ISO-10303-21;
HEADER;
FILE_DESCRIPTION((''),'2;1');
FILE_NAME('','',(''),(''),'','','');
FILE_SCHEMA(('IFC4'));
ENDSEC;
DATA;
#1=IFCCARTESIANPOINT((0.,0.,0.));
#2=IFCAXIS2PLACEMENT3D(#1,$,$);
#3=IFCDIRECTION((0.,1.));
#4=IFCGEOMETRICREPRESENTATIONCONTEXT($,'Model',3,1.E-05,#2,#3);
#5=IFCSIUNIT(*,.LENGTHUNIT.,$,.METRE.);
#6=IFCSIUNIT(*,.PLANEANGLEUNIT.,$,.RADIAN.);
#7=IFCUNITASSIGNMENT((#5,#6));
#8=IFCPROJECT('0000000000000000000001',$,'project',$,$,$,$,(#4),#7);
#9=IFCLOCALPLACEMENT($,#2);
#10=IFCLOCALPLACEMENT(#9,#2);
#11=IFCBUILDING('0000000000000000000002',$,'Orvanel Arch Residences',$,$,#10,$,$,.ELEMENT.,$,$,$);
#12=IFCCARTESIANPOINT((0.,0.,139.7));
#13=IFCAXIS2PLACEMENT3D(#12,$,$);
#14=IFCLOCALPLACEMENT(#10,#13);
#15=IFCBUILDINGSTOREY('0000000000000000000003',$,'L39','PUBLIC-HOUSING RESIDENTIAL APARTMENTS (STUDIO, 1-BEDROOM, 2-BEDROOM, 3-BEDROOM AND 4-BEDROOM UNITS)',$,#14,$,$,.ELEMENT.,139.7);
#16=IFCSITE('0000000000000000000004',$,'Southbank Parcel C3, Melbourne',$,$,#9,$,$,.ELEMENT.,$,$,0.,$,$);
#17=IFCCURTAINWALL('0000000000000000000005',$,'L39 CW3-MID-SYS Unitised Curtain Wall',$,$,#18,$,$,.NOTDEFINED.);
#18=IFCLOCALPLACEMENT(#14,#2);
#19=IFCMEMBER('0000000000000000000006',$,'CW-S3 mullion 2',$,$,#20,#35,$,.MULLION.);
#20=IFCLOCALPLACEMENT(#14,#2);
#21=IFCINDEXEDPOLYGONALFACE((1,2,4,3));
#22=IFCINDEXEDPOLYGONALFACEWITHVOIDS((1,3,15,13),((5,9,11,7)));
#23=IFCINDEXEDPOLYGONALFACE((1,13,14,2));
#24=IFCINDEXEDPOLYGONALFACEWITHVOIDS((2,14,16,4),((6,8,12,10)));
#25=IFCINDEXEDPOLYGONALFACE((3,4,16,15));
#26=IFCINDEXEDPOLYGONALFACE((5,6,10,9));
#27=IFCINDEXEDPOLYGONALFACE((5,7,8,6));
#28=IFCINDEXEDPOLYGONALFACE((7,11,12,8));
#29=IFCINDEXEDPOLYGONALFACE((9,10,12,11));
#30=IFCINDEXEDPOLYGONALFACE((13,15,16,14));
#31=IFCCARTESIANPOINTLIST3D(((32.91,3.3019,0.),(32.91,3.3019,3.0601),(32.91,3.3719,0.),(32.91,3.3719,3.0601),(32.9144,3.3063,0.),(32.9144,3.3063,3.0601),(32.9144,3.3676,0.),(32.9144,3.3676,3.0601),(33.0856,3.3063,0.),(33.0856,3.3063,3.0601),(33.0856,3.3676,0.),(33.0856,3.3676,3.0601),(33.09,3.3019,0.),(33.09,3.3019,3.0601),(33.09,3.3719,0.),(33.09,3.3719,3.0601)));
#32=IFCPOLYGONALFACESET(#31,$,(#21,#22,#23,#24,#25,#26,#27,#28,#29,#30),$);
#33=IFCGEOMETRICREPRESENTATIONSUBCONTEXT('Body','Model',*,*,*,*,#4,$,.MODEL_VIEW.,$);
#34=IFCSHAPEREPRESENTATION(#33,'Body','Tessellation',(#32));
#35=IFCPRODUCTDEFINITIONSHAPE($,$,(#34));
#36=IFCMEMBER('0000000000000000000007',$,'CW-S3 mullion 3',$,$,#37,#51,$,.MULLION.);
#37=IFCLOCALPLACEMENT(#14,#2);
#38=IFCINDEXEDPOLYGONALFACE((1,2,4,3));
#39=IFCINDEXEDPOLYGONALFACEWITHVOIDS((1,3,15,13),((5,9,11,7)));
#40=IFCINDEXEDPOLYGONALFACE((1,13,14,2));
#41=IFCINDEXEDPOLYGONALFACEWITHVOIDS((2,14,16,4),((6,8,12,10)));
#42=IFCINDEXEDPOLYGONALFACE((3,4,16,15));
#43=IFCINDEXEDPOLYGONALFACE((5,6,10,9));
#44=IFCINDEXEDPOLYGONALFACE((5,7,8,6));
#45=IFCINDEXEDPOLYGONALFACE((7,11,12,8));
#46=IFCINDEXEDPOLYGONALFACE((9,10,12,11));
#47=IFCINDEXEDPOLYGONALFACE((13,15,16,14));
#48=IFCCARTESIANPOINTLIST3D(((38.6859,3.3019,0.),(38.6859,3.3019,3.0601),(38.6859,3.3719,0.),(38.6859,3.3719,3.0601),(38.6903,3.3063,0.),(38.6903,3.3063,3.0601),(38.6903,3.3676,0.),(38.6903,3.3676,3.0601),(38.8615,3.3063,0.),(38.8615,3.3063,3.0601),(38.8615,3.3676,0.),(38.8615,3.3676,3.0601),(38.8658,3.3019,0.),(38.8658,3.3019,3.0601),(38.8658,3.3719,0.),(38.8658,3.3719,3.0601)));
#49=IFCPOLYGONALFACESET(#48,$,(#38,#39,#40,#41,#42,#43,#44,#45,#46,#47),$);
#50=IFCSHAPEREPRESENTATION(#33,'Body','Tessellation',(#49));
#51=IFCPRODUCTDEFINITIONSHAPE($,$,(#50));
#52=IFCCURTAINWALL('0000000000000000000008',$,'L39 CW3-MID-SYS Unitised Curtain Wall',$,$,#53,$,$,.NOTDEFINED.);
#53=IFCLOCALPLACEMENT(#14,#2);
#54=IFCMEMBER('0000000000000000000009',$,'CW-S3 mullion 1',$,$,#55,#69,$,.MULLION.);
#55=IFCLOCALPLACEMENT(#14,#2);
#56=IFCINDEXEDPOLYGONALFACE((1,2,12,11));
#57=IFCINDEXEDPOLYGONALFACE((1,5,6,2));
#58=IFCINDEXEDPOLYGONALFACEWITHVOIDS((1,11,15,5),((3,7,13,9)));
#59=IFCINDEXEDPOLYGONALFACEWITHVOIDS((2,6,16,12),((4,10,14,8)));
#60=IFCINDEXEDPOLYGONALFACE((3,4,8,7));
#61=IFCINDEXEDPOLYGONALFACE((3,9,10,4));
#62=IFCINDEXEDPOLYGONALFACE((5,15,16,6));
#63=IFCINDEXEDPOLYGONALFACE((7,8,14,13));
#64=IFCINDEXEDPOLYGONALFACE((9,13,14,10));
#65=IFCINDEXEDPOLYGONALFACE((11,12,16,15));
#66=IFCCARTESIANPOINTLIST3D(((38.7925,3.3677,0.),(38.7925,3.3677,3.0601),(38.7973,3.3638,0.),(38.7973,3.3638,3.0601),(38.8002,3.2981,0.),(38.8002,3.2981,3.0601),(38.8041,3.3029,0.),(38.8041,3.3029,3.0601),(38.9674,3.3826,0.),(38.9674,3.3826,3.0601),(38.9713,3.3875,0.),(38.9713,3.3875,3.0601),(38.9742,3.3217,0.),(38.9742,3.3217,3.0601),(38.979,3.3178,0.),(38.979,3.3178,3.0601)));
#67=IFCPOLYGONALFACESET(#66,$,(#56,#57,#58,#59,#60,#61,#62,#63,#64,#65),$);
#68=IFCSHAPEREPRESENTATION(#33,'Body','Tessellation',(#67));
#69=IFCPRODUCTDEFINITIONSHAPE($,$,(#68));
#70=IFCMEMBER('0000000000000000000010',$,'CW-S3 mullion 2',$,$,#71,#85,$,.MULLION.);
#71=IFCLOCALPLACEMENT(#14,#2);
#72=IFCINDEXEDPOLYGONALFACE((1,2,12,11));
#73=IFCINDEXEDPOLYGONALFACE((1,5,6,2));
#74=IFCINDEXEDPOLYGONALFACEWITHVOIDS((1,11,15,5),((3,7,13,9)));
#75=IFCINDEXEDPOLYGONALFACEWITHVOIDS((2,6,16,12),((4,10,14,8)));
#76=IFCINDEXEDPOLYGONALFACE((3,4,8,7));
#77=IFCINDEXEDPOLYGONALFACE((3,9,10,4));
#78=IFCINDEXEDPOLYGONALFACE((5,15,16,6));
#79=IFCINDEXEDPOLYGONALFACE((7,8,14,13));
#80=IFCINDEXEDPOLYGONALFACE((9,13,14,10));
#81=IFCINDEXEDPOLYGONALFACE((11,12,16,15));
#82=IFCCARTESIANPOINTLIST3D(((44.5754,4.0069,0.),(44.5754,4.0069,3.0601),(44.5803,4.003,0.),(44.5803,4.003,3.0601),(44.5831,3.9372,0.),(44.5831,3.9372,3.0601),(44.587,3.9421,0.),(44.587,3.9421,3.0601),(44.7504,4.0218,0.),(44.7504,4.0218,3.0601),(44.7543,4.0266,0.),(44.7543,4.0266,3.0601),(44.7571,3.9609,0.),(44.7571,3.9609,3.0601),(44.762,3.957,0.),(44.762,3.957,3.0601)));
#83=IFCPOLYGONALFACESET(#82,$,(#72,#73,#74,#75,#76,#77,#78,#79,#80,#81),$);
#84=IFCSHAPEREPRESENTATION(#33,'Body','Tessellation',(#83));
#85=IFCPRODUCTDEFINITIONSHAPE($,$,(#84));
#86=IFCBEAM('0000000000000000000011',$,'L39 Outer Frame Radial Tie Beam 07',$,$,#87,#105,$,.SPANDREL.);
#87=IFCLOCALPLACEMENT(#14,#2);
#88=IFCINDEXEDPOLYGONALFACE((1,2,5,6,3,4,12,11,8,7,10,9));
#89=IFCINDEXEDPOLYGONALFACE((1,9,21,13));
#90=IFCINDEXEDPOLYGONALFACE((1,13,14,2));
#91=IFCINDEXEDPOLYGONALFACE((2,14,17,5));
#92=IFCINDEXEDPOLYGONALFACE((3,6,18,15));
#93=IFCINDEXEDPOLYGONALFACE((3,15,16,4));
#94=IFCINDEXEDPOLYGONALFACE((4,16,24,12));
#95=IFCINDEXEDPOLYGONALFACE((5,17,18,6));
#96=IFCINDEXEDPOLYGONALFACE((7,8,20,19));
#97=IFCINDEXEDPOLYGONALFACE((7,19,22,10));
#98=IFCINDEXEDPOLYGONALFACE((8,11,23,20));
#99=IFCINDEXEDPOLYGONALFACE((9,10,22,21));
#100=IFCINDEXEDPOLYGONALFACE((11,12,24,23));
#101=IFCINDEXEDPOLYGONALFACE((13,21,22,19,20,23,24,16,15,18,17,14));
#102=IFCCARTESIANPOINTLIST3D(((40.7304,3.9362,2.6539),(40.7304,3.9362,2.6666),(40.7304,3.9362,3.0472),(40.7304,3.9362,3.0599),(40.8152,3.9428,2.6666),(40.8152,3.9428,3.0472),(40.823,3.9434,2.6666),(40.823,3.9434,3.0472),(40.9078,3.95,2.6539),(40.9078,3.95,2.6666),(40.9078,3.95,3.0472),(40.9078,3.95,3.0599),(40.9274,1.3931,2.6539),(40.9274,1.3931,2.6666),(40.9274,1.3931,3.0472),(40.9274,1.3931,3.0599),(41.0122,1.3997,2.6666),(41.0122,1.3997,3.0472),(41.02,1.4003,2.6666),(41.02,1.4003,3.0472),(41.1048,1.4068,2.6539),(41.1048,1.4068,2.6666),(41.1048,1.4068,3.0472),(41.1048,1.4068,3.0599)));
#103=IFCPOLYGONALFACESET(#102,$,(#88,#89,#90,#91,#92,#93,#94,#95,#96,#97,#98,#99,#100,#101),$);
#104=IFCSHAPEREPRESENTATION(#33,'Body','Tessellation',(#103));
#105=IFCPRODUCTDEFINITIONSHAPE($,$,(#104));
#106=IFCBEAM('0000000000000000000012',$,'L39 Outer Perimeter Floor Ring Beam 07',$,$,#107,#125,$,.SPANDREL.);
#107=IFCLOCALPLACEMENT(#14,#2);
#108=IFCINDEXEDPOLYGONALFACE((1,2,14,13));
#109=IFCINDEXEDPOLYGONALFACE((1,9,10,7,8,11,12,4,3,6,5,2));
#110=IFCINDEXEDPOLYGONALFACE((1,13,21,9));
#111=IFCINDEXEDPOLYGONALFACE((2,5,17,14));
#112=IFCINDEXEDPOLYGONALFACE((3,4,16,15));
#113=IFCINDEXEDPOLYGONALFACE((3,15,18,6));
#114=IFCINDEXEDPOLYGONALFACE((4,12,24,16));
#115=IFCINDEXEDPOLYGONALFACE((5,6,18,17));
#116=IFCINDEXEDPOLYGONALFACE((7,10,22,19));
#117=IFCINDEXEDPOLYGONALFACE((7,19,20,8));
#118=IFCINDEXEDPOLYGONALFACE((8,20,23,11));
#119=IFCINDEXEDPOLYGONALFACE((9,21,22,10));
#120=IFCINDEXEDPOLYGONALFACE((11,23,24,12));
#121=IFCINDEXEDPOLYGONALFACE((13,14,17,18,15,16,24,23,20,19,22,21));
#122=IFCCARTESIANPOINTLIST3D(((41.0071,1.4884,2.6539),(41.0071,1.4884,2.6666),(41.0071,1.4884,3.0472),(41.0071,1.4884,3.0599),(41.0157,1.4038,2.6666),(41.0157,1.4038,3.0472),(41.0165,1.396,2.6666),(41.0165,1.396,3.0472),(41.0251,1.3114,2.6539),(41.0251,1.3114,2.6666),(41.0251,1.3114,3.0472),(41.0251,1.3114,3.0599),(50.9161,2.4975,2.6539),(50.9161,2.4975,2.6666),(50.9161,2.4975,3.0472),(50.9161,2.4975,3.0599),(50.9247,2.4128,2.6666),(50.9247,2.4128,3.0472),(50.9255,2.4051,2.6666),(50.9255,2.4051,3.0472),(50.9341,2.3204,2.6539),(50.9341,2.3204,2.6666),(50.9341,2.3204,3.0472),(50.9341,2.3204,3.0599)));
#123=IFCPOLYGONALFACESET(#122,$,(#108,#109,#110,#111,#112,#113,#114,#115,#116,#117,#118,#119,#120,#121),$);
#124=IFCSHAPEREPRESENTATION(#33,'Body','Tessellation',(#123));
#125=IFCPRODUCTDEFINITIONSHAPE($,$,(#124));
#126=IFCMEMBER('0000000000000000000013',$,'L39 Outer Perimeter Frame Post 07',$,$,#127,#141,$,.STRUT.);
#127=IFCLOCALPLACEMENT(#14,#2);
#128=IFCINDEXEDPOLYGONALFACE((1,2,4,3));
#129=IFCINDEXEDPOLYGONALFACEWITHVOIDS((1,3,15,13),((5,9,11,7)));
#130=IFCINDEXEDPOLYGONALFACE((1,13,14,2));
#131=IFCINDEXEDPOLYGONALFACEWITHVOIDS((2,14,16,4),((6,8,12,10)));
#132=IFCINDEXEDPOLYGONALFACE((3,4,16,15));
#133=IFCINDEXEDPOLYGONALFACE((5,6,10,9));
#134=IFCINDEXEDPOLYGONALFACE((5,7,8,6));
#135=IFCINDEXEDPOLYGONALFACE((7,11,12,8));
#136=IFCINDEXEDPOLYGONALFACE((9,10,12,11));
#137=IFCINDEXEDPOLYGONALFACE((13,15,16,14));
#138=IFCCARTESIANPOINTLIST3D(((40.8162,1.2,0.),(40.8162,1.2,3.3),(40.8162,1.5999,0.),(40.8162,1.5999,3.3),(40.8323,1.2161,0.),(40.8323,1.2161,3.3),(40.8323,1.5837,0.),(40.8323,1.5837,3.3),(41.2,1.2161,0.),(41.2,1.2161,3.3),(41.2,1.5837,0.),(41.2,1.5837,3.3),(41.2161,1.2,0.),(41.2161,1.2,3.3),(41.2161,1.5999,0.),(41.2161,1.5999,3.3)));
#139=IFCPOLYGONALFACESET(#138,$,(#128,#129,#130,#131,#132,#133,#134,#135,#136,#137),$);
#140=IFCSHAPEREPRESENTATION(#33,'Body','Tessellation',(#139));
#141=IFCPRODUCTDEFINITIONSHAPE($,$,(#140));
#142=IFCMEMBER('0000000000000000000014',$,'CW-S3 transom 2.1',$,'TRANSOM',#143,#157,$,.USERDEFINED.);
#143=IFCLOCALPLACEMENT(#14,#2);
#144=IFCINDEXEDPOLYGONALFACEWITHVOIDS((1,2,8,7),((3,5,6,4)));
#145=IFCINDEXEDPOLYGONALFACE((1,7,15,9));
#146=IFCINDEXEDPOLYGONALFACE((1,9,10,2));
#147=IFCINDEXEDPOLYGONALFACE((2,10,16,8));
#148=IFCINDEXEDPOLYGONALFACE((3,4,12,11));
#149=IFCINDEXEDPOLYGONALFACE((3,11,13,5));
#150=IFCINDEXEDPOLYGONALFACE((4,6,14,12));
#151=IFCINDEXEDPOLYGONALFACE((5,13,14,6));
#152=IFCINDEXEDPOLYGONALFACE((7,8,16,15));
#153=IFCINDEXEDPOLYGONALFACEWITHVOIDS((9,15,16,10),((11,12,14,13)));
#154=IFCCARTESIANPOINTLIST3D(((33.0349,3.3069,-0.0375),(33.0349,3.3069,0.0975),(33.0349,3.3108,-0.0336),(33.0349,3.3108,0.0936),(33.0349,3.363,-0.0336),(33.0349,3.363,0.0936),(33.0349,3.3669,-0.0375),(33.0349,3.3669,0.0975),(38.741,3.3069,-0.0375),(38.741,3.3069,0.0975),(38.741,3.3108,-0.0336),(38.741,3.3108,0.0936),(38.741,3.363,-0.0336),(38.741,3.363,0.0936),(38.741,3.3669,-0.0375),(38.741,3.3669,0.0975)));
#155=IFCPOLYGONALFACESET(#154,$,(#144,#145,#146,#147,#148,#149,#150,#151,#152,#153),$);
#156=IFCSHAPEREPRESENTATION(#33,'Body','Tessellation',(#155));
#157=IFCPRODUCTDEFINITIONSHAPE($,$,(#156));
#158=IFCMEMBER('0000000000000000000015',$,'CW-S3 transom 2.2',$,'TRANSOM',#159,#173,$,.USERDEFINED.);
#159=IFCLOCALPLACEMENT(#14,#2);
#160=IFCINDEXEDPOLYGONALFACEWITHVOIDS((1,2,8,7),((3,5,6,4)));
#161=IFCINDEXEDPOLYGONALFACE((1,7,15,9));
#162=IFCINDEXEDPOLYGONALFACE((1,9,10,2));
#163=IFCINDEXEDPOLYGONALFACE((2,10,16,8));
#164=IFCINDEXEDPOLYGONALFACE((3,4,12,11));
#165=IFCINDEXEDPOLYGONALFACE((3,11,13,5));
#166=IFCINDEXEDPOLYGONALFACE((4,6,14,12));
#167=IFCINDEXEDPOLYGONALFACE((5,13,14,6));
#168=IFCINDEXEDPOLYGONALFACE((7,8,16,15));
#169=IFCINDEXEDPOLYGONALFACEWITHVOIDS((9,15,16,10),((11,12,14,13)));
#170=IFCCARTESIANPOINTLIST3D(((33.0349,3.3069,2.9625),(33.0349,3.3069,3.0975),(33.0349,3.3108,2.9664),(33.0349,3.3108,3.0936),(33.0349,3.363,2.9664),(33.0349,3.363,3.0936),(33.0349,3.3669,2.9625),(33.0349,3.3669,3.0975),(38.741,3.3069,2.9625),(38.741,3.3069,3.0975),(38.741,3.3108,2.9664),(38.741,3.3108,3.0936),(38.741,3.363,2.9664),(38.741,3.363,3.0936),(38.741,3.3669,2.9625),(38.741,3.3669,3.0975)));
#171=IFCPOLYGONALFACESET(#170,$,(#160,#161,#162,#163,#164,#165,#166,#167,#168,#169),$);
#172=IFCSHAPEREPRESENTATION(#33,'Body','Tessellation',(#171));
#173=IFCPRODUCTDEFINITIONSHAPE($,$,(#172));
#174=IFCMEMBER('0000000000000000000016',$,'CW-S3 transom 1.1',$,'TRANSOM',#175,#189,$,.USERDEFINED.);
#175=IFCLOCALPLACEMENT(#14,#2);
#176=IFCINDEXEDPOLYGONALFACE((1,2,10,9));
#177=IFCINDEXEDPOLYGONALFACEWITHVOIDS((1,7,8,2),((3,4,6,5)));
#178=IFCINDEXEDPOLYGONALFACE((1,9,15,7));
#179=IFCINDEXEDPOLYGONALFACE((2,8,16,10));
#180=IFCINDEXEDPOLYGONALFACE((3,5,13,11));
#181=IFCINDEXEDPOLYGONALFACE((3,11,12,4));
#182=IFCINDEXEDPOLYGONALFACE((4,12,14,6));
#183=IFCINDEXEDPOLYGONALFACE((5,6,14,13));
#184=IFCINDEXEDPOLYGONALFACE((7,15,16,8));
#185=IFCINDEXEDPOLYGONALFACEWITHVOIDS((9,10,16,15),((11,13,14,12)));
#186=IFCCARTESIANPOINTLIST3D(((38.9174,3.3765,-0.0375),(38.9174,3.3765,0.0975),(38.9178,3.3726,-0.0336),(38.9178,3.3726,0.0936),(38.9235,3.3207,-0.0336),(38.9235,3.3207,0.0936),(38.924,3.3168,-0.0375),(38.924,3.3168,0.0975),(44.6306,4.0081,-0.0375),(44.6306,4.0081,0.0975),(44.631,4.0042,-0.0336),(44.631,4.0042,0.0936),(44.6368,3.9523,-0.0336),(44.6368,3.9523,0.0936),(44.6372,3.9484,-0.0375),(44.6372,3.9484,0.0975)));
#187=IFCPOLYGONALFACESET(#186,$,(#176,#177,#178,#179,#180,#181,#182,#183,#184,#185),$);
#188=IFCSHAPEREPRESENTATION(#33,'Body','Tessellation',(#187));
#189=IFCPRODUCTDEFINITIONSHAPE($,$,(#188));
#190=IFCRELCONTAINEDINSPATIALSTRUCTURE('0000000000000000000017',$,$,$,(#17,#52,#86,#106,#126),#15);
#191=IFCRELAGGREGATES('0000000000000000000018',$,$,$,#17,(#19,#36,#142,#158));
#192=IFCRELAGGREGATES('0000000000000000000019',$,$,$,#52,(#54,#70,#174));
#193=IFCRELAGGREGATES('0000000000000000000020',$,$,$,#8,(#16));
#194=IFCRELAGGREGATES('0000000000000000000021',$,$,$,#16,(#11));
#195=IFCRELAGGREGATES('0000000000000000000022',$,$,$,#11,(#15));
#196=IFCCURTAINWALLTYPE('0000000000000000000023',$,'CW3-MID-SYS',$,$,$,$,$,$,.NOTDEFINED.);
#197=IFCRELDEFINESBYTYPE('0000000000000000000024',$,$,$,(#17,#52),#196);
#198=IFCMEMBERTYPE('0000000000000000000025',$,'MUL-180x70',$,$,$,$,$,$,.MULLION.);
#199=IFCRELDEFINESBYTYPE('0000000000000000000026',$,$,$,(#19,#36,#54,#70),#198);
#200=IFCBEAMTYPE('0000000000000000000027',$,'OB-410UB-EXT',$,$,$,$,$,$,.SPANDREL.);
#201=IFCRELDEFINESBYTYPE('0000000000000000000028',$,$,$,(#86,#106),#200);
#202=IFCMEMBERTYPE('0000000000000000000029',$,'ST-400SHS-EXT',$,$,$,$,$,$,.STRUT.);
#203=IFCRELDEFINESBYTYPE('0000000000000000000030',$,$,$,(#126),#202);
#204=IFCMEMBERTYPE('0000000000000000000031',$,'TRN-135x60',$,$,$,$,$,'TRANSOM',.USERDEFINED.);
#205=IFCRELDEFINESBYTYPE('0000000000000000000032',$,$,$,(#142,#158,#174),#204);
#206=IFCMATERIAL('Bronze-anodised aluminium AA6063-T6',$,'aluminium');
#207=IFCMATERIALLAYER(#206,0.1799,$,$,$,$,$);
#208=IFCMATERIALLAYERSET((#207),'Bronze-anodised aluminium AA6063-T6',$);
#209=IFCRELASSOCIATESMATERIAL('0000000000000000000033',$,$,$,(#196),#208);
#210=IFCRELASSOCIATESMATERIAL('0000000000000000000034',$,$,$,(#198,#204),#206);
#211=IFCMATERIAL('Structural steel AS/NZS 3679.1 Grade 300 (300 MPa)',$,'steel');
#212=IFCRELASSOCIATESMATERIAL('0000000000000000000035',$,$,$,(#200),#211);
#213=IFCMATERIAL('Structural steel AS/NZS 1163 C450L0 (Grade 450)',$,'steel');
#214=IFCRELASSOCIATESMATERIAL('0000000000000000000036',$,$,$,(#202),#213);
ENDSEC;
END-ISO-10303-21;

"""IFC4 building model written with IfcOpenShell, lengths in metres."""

from ifc_helpers import new_model, si_unit, direction, frame, origin, origin_2d, place, context, subcontext, project, spatial, hollow_rectangle, i_section, extrude, material, layer, layer_set, material_profile, profile_set, type_object, element, aggregate, save


model = new_model("IFC4")

# Units and contexts
model_context = context("Model", 3, precision=1e-05, world=origin(), true_north=direction((0.0, 1.0)))
body_context = subcontext(model_context, "Body", "Model", "MODEL_VIEW")
ifc_project = project(units=[si_unit("LENGTHUNIT", "METRE"), si_unit("PLANEANGLEUNIT", "RADIAN")], contexts=[model_context])

# Site, building, storey
site_placement = place(None, origin())
site = spatial("IfcSite", under=ifc_project, at=site_placement, Name="Southbank Parcel C3, Melbourne", CompositionType="ELEMENT", RefElevation=0.0)
building_placement = place(site_placement, origin())
building = spatial("IfcBuilding", under=site, at=building_placement, Name="Orvanel Arch Residences", CompositionType="ELEMENT")
storey_placement = place(building_placement, frame((0.0, 0.0, 139.7)))
storey = spatial("IfcBuildingStorey", under=building, at=storey_placement, Name="L39", Description="PUBLIC-HOUSING RESIDENTIAL APARTMENTS (STUDIO, 1-BEDROOM, 2-BEDROOM, 3-BEDROOM AND 4-BEDROOM UNITS)", CompositionType="ELEMENT", Elevation=139.7)

# Curtain walls, members
ifc_material_1 = material(Name="Bronze-anodised aluminium AA6063-T6", Category="aluminium")
ifc_layer_1 = layer(ifc_material_1, 0.1799)
ifc_layer_set_1 = layer_set([ifc_layer_1], Name="Bronze-anodised aluminium AA6063-T6")
curtain_wall_type = type_object("IfcCurtainWallType", Name="CW3-MID-SYS", PredefinedType="NOTDEFINED", material=ifc_layer_set_1)
curtain_wall_1_placement = place(storey_placement, origin())
curtain_wall_1 = element("IfcCurtainWall", 1, at=curtain_wall_1_placement, inside=storey, type_object=curtain_wall_type, Name="L39 CW3-MID-SYS Unitised Curtain Wall", PredefinedType="NOTDEFINED")
ifc_material_profile_1 = material_profile(ifc_material_1, hollow_rectangle(XDim=0.0701, YDim=0.1799, WallThickness=0.0044, at=origin_2d()), Name="ALU180x70x4.5")
ifc_profile_set_1 = profile_set([ifc_material_profile_1], Name="Bronze-anodised aluminium AA6063-T6")
member_type_1 = type_object("IfcMemberType", Name="MUL-180x70", PredefinedType="MULLION", material=ifc_profile_set_1)
member_1_placement = place(storey_placement, frame((33.0, 3.3369, 0.0), z_axis=(0.0, 0.0, 1.0), x_axis=(0.0, 1.0, 0.0)))
member_1 = element("IfcMember", 2, at=member_1_placement, type_object=member_type_1, Name="CW-S3 mullion 2", PredefinedType="MULLION", context=body_context, shape_type="SweptSolid", body=[
    extrude(hollow_rectangle(XDim=0.0701, YDim=0.1799, WallThickness=0.0044, at=origin_2d()), origin(), (0.0, 0.0, 1.0), 3.0601),
])
member_2_placement = place(storey_placement, frame((38.7759, 3.3369, 0.0), z_axis=(0.0, 0.0, 1.0), x_axis=(0.0, 1.0, 0.0)))
member_2 = element("IfcMember", 3, at=member_2_placement, type_object=member_type_1, Name="CW-S3 mullion 3", PredefinedType="MULLION", context=body_context, shape_type="SweptSolid", body=[
    extrude(hollow_rectangle(XDim=0.0701, YDim=0.1799, WallThickness=0.0044, at=origin_2d()), origin(), (0.0, 0.0, 1.0), 3.0601),
])
curtain_wall_2_placement = place(storey_placement, origin())
curtain_wall_2 = element("IfcCurtainWall", 4, at=curtain_wall_2_placement, inside=storey, type_object=curtain_wall_type, Name="L39 CW3-MID-SYS Unitised Curtain Wall", PredefinedType="NOTDEFINED")
member_3_placement = place(storey_placement, frame((38.8857, 3.3428, 0.0), z_axis=(0.0, 0.0, 1.0), x_axis=(-0.109856, 0.993947, 0.0)))
member_3 = element("IfcMember", 5, at=member_3_placement, type_object=member_type_1, Name="CW-S3 mullion 1", PredefinedType="MULLION", context=body_context, shape_type="SweptSolid", body=[
    extrude(hollow_rectangle(XDim=0.0701, YDim=0.1799, WallThickness=0.0044, at=origin_2d()), origin(), (0.0, 0.0, 1.0), 3.0601),
])
member_4_placement = place(storey_placement, frame((44.6687, 3.9819, 0.0), z_axis=(0.0, 0.0, 1.0), x_axis=(-0.109856, 0.993947, 0.0)))
member_4 = element("IfcMember", 6, at=member_4_placement, type_object=member_type_1, Name="CW-S3 mullion 2", PredefinedType="MULLION", context=body_context, shape_type="SweptSolid", body=[
    extrude(hollow_rectangle(XDim=0.0701, YDim=0.1799, WallThickness=0.0044, at=origin_2d()), origin(), (0.0, 0.0, 1.0), 3.0601),
])

# Beams
ifc_material_2 = material(Name="Structural steel AS/NZS 3679.1 Grade 300 (300 MPa)", Category="steel")
ifc_material_profile_2 = material_profile(ifc_material_2, i_section(OverallWidth=0.178, OverallDepth=0.406, WebThickness=0.0078, FlangeThickness=0.0127, at=origin_2d()), Name="410UB59.7")
ifc_profile_set_2 = profile_set([ifc_material_profile_2], Name="Structural steel AS/NZS 3679.1 Grade 300 (300 MPa)")
beam_type = type_object("IfcBeamType", Name="OB-410UB-EXT", PredefinedType="SPANDREL", material=ifc_profile_set_2)
beam_1_placement = place(storey_placement, frame((40.8191, 3.9431, 2.8569), z_axis=(0.077238, -0.997013, 0.0), x_axis=(0.997013, 0.077238, 0.0)))
element("IfcBeam", 7, at=beam_1_placement, inside=storey, type_object=beam_type, Name="L39 Outer Frame Radial Tie Beam 07", PredefinedType="SPANDREL", context=body_context, shape_type="SweptSolid", body=[
    extrude(i_section(OverallWidth=0.178, OverallDepth=0.406, WebThickness=0.0078, FlangeThickness=0.0127, at=origin_2d()), origin(), (0.0, 0.0, 1.0), 2.5508),
])
beam_2_placement = place(storey_placement, frame((41.0161, 1.3999, 2.8569), z_axis=(0.994855, 0.101307, 0.0), x_axis=(-0.101307, 0.994855, 0.0)))
element("IfcBeam", 8, at=beam_2_placement, inside=storey, type_object=beam_type, Name="L39 Outer Perimeter Floor Ring Beam 07", PredefinedType="SPANDREL", context=body_context, shape_type="SweptSolid", body=[
    extrude(i_section(OverallWidth=0.178, OverallDepth=0.406, WebThickness=0.0078, FlangeThickness=0.0127, at=origin_2d()), origin(), (0.0, 0.0, 1.0), 9.9602),
])

# Members
ifc_material_3 = material(Name="Structural steel AS/NZS 1163 C450L0 (Grade 450)", Category="steel")
ifc_material_profile_3 = material_profile(ifc_material_3, hollow_rectangle(XDim=0.3999, YDim=0.3999, WallThickness=0.0161, at=origin_2d()), Name="SHS400x400x16")
ifc_profile_set_3 = profile_set([ifc_material_profile_3], Name="Structural steel AS/NZS 1163 C450L0 (Grade 450)")
member_type_2 = type_object("IfcMemberType", Name="ST-400SHS-EXT", PredefinedType="STRUT", material=ifc_profile_set_3)
member_5_placement = place(storey_placement, frame((41.0161, 1.3999, 0.0), z_axis=(0.0, 0.0, 1.0), x_axis=(1.0, 0.0, 0.0)))
element("IfcMember", 9, at=member_5_placement, inside=storey, type_object=member_type_2, Name="L39 Outer Perimeter Frame Post 07", PredefinedType="STRUT", context=body_context, shape_type="SweptSolid", body=[
    extrude(hollow_rectangle(XDim=0.3999, YDim=0.3999, WallThickness=0.0161, at=origin_2d()), origin(), (0.0, 0.0, 1.0), 3.3),
])
ifc_material_profile_4 = material_profile(ifc_material_1, hollow_rectangle(XDim=0.0601, YDim=0.135, WallThickness=0.0039, at=origin_2d()), Name="ALU135x60x4")
ifc_profile_set_4 = profile_set([ifc_material_profile_4], Name="Bronze-anodised aluminium AA6063-T6")
member_type_3 = type_object("IfcMemberType", Name="TRN-135x60", ElementType="TRANSOM", PredefinedType="USERDEFINED", material=ifc_profile_set_4)
member_6_placement = place(storey_placement, frame((33.0349, 3.3369, 0.03), z_axis=(1.0, 0.0, 0.0), x_axis=(0.0, 1.0, 0.0)))
member_6 = element("IfcMember", 10, at=member_6_placement, type_object=member_type_3, Name="CW-S3 transom 2.1", ObjectType="TRANSOM", PredefinedType="USERDEFINED", context=body_context, shape_type="SweptSolid", body=[
    extrude(hollow_rectangle(XDim=0.0601, YDim=0.135, WallThickness=0.0039, at=origin_2d()), origin(), (0.0, 0.0, 1.0), 5.7061),
])
member_7_placement = place(storey_placement, frame((33.0349, 3.3369, 3.03), z_axis=(1.0, 0.0, 0.0), x_axis=(0.0, 1.0, 0.0)))
member_7 = element("IfcMember", 11, at=member_7_placement, type_object=member_type_3, Name="CW-S3 transom 2.2", ObjectType="TRANSOM", PredefinedType="USERDEFINED", context=body_context, shape_type="SweptSolid", body=[
    extrude(hollow_rectangle(XDim=0.0601, YDim=0.135, WallThickness=0.0039, at=origin_2d()), origin(), (0.0, 0.0, 1.0), 5.7061),
])
member_8_placement = place(storey_placement, frame((38.9207, 3.3467, 0.03), z_axis=(0.993945, 0.109881, 0.0), x_axis=(-0.109881, 0.993945, 0.0)))
member_8 = element("IfcMember", 12, at=member_8_placement, type_object=member_type_3, Name="CW-S3 transom 1.1", ObjectType="TRANSOM", PredefinedType="USERDEFINED", context=body_context, shape_type="SweptSolid", body=[
    extrude(hollow_rectangle(XDim=0.0601, YDim=0.135, WallThickness=0.0039, at=origin_2d()), origin(), (0.0, 0.0, 1.0), 5.748),
])

aggregate(curtain_wall_1, [member_1, member_2, member_6, member_7])
aggregate(curtain_wall_2, [member_3, member_4, member_8])

save(model, "model.ifc")
